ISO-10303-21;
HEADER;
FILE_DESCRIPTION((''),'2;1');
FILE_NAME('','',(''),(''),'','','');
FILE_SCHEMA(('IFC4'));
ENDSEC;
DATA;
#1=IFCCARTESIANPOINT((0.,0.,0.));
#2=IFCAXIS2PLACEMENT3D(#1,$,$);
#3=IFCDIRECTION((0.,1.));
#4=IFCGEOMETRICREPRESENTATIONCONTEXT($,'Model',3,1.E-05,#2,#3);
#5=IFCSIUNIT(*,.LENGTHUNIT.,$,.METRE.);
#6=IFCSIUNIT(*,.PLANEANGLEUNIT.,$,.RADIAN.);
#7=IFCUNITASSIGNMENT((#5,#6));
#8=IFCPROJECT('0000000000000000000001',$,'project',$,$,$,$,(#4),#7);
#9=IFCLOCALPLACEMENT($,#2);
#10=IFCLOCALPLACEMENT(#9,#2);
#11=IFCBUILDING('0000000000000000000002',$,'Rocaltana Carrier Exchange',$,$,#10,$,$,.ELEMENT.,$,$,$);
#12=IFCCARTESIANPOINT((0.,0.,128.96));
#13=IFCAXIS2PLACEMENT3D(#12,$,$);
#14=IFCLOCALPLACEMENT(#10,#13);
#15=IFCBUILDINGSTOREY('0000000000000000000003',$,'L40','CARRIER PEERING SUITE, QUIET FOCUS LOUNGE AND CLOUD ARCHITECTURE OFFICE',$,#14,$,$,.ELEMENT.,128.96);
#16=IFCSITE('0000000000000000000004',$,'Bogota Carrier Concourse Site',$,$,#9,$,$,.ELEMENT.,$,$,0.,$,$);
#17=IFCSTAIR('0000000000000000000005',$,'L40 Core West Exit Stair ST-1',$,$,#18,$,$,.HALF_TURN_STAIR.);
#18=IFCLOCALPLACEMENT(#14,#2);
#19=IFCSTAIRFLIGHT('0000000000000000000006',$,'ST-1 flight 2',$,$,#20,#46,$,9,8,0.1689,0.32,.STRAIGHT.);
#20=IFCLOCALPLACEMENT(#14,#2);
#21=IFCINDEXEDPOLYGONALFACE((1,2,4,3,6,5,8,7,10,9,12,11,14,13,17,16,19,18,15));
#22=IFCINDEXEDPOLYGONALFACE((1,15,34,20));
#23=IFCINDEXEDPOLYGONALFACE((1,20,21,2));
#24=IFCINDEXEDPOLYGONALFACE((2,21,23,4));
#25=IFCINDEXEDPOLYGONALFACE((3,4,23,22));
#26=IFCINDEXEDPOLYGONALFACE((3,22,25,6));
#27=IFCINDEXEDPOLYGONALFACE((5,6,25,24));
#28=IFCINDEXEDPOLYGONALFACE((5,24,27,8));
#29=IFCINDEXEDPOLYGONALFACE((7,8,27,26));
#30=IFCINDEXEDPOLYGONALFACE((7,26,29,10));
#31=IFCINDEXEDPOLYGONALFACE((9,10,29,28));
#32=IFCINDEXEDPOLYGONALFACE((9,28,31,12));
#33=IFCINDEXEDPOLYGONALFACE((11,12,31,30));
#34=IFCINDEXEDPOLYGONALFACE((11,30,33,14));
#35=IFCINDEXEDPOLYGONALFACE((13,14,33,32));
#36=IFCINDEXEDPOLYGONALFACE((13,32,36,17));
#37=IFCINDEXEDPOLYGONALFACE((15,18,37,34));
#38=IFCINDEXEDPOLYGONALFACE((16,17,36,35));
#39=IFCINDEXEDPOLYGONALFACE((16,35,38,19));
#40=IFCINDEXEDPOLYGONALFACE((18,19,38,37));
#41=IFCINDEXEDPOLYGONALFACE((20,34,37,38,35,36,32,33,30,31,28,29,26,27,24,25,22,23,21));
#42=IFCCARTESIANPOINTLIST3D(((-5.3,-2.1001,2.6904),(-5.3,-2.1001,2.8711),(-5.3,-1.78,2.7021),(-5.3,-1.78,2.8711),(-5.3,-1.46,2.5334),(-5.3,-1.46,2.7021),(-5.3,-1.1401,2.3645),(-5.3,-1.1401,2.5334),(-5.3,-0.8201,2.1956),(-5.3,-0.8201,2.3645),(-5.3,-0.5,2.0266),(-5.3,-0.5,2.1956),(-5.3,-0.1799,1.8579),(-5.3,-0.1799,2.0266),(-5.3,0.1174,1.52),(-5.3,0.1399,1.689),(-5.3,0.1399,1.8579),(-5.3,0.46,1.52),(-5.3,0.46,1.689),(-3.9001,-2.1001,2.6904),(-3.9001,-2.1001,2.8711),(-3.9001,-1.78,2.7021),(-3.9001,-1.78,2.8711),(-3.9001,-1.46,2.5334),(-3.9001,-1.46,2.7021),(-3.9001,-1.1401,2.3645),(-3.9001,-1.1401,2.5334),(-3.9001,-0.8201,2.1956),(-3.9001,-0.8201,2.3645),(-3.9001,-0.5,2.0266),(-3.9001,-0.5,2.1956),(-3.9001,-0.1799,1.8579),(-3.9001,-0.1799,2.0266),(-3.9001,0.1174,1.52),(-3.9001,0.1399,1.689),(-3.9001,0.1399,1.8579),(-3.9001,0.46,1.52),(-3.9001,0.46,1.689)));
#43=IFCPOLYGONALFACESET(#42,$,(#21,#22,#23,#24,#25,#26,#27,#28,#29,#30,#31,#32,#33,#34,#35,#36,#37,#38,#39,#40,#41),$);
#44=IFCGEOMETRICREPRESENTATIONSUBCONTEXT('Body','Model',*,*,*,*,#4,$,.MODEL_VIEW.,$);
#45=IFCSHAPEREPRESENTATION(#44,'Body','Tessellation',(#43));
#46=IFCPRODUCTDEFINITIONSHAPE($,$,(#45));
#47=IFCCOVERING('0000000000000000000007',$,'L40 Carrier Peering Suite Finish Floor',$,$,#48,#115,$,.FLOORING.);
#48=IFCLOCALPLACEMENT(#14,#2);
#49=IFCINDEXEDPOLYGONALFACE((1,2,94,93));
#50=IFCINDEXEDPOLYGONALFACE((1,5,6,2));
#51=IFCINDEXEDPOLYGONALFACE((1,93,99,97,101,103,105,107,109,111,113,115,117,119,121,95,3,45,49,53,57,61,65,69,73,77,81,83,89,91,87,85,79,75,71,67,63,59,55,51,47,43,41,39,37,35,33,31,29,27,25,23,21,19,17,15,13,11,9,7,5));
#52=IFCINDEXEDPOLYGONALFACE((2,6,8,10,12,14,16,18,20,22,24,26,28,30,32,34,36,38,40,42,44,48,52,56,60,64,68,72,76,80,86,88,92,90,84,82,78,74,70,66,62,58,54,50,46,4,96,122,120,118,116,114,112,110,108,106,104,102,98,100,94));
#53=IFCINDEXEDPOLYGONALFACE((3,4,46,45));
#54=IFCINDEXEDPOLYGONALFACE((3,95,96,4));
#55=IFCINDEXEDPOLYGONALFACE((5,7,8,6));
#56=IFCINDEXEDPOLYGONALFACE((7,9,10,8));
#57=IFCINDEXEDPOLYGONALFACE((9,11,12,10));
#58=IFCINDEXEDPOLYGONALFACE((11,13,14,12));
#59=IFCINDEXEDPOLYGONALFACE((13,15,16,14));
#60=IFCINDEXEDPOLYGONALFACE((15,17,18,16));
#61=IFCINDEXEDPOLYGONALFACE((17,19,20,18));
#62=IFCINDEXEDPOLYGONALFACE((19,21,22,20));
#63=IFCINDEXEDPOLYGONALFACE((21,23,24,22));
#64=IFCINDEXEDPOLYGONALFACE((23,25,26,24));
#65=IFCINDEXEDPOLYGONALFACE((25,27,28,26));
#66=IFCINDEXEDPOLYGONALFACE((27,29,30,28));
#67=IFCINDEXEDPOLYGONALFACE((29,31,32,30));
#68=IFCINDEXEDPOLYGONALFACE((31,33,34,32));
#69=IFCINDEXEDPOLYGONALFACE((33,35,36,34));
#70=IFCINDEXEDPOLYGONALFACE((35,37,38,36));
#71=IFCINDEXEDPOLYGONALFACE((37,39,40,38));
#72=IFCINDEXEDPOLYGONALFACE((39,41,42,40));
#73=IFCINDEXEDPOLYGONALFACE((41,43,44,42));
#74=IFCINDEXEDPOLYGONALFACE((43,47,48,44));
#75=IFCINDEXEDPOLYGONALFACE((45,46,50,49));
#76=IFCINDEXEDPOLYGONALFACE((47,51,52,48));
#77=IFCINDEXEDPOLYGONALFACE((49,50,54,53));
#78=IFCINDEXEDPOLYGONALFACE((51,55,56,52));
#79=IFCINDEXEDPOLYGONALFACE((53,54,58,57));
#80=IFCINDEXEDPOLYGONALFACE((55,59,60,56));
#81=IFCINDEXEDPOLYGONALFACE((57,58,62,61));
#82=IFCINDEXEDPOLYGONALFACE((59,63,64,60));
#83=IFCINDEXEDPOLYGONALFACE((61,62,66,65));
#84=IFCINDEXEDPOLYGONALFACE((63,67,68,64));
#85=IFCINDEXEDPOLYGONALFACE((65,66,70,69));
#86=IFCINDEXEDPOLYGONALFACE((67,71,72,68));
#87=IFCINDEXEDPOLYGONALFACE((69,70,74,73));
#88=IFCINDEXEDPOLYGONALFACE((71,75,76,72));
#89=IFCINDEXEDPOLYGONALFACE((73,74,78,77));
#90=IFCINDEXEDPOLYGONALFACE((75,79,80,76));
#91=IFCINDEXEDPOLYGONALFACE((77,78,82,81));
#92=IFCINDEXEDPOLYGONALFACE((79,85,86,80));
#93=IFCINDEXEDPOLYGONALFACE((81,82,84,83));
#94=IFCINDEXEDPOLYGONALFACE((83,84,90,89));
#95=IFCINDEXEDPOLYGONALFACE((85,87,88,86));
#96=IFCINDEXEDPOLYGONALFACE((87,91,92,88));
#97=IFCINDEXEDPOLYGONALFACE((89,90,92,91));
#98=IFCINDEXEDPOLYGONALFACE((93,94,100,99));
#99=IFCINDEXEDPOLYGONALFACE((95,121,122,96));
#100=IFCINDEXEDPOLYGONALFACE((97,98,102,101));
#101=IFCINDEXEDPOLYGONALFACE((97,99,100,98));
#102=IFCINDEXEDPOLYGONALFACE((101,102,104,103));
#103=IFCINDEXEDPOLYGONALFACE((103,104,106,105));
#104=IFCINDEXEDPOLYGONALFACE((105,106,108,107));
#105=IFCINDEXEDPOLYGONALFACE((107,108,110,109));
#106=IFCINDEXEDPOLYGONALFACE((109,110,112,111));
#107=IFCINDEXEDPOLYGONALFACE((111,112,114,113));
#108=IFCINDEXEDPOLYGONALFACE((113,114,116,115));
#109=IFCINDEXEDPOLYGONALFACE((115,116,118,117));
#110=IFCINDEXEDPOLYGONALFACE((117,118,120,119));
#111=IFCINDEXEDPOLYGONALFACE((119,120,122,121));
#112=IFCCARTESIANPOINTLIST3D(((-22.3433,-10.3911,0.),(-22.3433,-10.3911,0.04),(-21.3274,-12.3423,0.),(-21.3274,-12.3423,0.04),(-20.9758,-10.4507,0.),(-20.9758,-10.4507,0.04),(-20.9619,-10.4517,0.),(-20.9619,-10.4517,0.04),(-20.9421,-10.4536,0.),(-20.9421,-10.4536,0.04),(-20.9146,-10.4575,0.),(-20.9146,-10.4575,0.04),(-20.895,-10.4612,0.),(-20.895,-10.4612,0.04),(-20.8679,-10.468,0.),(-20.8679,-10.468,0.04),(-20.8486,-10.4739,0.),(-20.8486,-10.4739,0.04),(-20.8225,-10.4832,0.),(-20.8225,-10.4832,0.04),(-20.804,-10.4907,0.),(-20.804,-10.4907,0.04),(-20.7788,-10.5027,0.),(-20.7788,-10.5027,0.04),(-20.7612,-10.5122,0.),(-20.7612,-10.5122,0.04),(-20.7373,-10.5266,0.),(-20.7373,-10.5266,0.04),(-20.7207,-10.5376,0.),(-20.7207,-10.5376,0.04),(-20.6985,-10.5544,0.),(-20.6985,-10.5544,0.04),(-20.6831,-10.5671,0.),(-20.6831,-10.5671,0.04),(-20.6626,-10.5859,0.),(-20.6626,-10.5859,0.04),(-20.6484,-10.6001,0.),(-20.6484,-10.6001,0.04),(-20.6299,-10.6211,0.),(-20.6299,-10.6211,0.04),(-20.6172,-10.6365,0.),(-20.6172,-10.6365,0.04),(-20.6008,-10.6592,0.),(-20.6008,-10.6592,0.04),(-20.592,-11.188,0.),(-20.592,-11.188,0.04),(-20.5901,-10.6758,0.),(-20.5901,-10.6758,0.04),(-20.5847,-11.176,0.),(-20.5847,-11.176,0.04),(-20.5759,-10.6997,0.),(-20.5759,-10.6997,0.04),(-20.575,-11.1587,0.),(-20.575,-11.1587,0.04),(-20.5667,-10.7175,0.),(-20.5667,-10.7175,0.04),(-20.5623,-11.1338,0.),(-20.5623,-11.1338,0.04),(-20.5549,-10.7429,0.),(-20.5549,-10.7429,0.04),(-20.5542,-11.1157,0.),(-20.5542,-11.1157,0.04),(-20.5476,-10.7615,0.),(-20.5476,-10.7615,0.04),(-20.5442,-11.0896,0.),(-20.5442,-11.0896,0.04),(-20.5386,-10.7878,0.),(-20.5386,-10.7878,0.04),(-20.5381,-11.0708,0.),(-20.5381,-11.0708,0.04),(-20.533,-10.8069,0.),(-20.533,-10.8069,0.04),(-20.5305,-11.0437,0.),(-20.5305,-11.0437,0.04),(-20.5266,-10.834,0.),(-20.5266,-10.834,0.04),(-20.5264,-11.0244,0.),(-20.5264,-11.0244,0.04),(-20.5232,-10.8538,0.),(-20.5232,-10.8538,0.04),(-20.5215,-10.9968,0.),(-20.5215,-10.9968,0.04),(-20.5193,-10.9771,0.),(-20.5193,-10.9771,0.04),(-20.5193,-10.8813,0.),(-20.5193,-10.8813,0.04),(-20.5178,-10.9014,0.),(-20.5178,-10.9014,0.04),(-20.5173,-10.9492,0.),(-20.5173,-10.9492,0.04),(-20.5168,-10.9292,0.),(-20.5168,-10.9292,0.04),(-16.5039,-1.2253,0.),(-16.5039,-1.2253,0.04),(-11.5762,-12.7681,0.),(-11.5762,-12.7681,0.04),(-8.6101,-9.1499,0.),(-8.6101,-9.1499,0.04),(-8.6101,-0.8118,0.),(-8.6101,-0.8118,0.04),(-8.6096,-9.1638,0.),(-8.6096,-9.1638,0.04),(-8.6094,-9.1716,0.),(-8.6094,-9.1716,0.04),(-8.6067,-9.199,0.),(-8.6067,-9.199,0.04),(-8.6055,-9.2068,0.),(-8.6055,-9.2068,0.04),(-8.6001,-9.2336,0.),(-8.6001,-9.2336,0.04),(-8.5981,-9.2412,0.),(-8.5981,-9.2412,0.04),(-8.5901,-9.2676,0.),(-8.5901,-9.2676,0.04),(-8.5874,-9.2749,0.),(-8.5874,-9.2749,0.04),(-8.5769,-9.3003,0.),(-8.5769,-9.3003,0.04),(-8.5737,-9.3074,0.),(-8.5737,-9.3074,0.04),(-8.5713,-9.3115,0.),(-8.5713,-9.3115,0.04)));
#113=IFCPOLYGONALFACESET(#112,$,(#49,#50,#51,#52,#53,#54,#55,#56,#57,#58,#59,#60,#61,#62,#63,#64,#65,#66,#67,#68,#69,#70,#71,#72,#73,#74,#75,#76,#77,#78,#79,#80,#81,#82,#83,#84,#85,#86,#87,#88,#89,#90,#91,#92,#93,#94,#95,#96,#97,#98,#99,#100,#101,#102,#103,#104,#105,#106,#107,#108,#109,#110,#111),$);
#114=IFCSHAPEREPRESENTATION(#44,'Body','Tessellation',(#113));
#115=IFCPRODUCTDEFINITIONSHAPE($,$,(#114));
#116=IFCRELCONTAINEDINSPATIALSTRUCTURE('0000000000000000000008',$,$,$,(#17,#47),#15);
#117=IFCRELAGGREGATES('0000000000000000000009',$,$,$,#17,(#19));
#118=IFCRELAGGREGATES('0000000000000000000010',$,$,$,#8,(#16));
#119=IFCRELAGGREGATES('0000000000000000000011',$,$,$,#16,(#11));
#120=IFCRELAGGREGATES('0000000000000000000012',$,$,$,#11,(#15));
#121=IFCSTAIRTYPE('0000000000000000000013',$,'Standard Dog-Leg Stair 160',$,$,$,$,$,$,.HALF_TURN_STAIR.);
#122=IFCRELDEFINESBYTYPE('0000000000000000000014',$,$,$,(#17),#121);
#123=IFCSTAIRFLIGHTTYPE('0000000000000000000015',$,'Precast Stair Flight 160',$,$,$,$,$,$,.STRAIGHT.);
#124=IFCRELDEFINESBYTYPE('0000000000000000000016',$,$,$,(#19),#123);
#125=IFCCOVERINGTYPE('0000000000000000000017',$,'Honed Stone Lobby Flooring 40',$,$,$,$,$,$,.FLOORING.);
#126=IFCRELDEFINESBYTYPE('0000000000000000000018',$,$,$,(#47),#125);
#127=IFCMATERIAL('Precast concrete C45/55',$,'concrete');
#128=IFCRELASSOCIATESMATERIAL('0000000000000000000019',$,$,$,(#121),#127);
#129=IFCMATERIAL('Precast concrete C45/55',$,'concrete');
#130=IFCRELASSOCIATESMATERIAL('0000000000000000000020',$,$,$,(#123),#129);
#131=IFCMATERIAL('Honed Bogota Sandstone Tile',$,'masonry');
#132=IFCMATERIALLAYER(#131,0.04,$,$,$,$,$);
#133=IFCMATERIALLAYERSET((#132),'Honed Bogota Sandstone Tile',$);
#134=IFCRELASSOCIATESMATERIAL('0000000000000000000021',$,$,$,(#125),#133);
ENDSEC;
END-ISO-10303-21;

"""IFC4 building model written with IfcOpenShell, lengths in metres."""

from ifc_helpers import new_model, si_unit, direction, frame, origin, place, context, subcontext, project, spatial, polyline, outline, extrude, material, layer, layer_set, type_object, element, aggregate, save


model = new_model("IFC4")

# Units and contexts
model_context = context("Model", 3, precision=1e-05, world=origin(), true_north=direction((0.0, 1.0)))
body_context = subcontext(model_context, "Body", "Model", "MODEL_VIEW")
ifc_project = project(units=[si_unit("LENGTHUNIT", "METRE"), si_unit("PLANEANGLEUNIT", "RADIAN")], contexts=[model_context])

# Site, building, storey
site_placement = place(None, origin())
site = spatial("IfcSite", under=ifc_project, at=site_placement, Name="Bogota Carrier Concourse Site", CompositionType="ELEMENT", RefElevation=0.0)
building_placement = place(site_placement, origin())
building = spatial("IfcBuilding", under=site, at=building_placement, Name="Rocaltana Carrier Exchange", CompositionType="ELEMENT")
storey_placement = place(building_placement, frame((0.0, 0.0, 128.96)))
storey = spatial("IfcBuildingStorey", under=building, at=storey_placement, Name="L40", Description="CARRIER PEERING SUITE, QUIET FOCUS LOUNGE AND CLOUD ARCHITECTURE OFFICE", CompositionType="ELEMENT", Elevation=128.96)

# Stair
ifc_material_1 = material(Name="Precast concrete C45/55", Category="concrete")
stair_type = type_object("IfcStairType", Name="Standard Dog-Leg Stair 160", PredefinedType="HALF_TURN_STAIR", material=ifc_material_1)
stair_1_placement = place(storey_placement, origin())
stair_1 = element("IfcStair", 1, at=stair_1_placement, inside=storey, type_object=stair_type, Name="L40 Core West Exit Stair ST-1", PredefinedType="HALF_TURN_STAIR")

# Stair flight
ifc_material_2 = material(Name="Precast concrete C45/55", Category="concrete")
stair_flight_type = type_object("IfcStairFlightType", Name="Precast Stair Flight 160", PredefinedType="STRAIGHT", material=ifc_material_2)
stair_flight_placement = place(storey_placement, frame((-4.6001, 0.46, 1.52), z_axis=(0.0, 0.0, 1.0), x_axis=(0.0, -1.0, 0.0)))
stair_flight = element("IfcStairFlight", 2, at=stair_flight_placement, type_object=stair_flight_type, Name="ST-1 flight 2", NumberOfRisers=9, NumberOfTreads=8, PredefinedType="STRAIGHT", RiserHeight=0.1689, TreadLength=0.32, context=body_context, shape_type="SweptSolid", body=[
    extrude(outline(polyline([(0.0, 0.0), (0.0, 0.1689), (0.3201, 0.1689), (0.3201, 0.3379), (0.6399, 0.3379), (0.6399, 0.5066), (0.96, 0.5066), (0.96, 0.6755), (1.28, 0.6755), (1.28, 0.8445), (1.6001, 0.8445), (1.6001, 1.0134), (1.9199, 1.0134), (1.9199, 1.1821), (2.24, 1.1821), (2.24, 1.3511), (2.5601, 1.3511), (2.5601, 1.52), (2.5601, 1.1704), (0.3425, 0.0), (0.0, 0.0)])), frame((0.0, 0.7, 0.0), z_axis=(0.0, -1.0, 0.0), x_axis=(1.0, 0.0, 0.0)), (0.0, 0.0, 1.0), 1.3999),
])
aggregate(stair_1, [stair_flight])

# Covering
ifc_material_3 = material(Name="Honed Bogota Sandstone Tile", Category="masonry")
ifc_layer_1 = layer(ifc_material_3, 0.04)
ifc_layer_set_1 = layer_set([ifc_layer_1], Name="Honed Bogota Sandstone Tile")
covering_type_1 = type_object("IfcCoveringType", Name="Honed Stone Lobby Flooring 40", PredefinedType="FLOORING", material=ifc_layer_set_1)
covering_1_placement = place(storey_placement, origin())
element("IfcCovering", 3, at=covering_1_placement, inside=storey, type_object=covering_type_1, Name="L40 Carrier Peering Suite Finish Floor", PredefinedType="FLOORING", context=body_context, shape_type="SweptSolid", body=[
    extrude(outline(polyline([(-20.592, -11.188), (-20.5847, -11.176), (-20.575, -11.1587), (-20.5623, -11.1338), (-20.5542, -11.1157), (-20.5442, -11.0896), (-20.5381, -11.0708), (-20.5305, -11.0437), (-20.5264, -11.0244), (-20.5215, -10.9968), (-20.5193, -10.9771), (-20.5173, -10.9492), (-20.5168, -10.9292), (-20.5178, -10.9014), (-20.5193, -10.8813), (-20.5232, -10.8538), (-20.5266, -10.834), (-20.533, -10.8069), (-20.5386, -10.7878), (-20.5476, -10.7615), (-20.5549, -10.7429), (-20.5667, -10.7175), (-20.5759, -10.6997), (-20.5901, -10.6758), (-20.6008, -10.6592), (-20.6172, -10.6365), (-20.6299, -10.6211), (-20.6484, -10.6001), (-20.6626, -10.5859), (-20.6831, -10.5671), (-20.6985, -10.5544), (-20.7207, -10.5376), (-20.7373, -10.5266), (-20.7612, -10.5122), (-20.7788, -10.5027), (-20.804, -10.4907), (-20.8225, -10.4832), (-20.8486, -10.4739), (-20.8679, -10.468), (-20.895, -10.4612), (-20.9146, -10.4575), (-20.9421, -10.4536), (-20.9619, -10.4517), (-20.9758, -10.4507), (-22.3433, -10.3911), (-16.5039, -1.2253), (-8.6101, -0.8118), (-8.6101, -9.1499), (-8.6096, -9.1638), (-8.6094, -9.1716), (-8.6067, -9.199), (-8.6055, -9.2068), (-8.6001, -9.2336), (-8.5981, -9.2412), (-8.5901, -9.2676), (-8.5874, -9.2749), (-8.5769, -9.3003), (-8.5737, -9.3074), (-8.5713, -9.3115), (-11.5762, -12.7681), (-21.3274, -12.3423), (-20.592, -11.188)])), origin(), (0.0, 0.0, 1.0), 0.04),
])

save(model, "model.ifc")
